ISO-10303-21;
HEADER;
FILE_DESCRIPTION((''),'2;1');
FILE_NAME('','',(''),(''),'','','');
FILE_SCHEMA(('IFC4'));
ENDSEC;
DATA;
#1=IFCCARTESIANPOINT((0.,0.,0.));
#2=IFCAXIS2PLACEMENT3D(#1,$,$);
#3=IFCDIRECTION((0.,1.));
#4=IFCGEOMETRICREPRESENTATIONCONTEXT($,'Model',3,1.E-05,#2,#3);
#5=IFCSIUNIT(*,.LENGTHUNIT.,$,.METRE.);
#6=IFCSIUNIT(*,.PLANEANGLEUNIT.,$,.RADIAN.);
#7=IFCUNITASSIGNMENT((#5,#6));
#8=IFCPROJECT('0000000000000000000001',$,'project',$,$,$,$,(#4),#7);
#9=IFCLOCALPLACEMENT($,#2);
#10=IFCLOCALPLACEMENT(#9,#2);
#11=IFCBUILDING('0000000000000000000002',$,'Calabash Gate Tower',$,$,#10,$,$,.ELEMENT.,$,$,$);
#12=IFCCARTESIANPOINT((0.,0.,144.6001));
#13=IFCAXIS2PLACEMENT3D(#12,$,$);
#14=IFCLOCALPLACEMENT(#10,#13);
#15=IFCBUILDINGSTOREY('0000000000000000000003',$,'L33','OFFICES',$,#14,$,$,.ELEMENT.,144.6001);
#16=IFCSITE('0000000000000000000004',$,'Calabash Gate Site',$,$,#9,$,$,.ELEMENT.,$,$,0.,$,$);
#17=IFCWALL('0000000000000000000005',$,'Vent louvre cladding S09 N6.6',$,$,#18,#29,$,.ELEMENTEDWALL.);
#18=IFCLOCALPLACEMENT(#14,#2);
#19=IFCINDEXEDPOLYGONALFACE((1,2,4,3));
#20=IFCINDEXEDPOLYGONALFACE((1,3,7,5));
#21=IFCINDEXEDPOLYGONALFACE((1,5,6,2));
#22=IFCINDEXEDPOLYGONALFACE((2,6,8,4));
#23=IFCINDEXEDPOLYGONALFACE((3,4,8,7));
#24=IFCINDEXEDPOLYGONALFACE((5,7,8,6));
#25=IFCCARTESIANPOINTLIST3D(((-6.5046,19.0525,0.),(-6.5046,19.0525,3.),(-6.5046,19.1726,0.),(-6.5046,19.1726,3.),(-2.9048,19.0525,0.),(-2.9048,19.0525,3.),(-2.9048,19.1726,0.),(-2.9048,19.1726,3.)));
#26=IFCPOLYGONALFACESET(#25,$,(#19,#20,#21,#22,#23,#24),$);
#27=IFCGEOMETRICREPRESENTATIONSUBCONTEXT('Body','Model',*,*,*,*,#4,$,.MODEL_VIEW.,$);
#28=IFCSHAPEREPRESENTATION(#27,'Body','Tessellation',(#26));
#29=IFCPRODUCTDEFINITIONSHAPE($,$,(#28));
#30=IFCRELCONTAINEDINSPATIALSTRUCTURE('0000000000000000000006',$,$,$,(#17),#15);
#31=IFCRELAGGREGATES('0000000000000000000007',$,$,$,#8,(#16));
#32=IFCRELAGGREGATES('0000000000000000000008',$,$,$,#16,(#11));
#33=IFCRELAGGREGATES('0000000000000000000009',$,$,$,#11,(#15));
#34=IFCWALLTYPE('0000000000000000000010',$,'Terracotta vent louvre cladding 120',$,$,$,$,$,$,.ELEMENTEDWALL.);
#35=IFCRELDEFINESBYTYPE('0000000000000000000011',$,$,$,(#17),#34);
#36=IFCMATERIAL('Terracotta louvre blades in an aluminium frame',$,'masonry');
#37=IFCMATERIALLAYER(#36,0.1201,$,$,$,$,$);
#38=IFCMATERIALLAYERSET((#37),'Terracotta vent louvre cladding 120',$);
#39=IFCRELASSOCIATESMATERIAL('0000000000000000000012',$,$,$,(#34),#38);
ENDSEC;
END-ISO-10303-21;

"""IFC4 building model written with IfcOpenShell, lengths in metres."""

from ifc_helpers import new_model, si_unit, direction, frame, origin, place, context, subcontext, project, spatial, polyline, outline, extrude, material, layer, layer_set, type_object, element, save


model = new_model("IFC4")

# Units and contexts
model_context = context("Model", 3, precision=1e-05, world=origin(), true_north=direction((0.0, 1.0)))
body_context = subcontext(model_context, "Body", "Model", "MODEL_VIEW")
ifc_project = project(units=[si_unit("LENGTHUNIT", "METRE"), si_unit("PLANEANGLEUNIT", "RADIAN")], contexts=[model_context])

# Site, building, storey
site_placement = place(None, origin())
site = spatial("IfcSite", under=ifc_project, at=site_placement, Name="Calabash Gate Site", CompositionType="ELEMENT", RefElevation=0.0)
building_placement = place(site_placement, origin())
building = spatial("IfcBuilding", under=site, at=building_placement, Name="Calabash Gate Tower", CompositionType="ELEMENT")
storey_placement = place(building_placement, frame((0.0, 0.0, 144.6001)))
storey = spatial("IfcBuildingStorey", under=building, at=storey_placement, Name="L33", Description="OFFICES", CompositionType="ELEMENT", Elevation=144.6001)

# Wall
ifc_material_1 = material(Name="Terracotta louvre blades in an aluminium frame", Category="masonry")
ifc_layer_1 = layer(ifc_material_1, 0.1201)
ifc_layer_set_1 = layer_set([ifc_layer_1], Name="Terracotta vent louvre cladding 120")
wall_type_1 = type_object("IfcWallType", Name="Terracotta vent louvre cladding 120", PredefinedType="ELEMENTEDWALL", material=ifc_layer_set_1)
wall_1_placement = place(storey_placement, origin())
element("IfcWall", 1, at=wall_1_placement, inside=storey, type_object=wall_type_1, Name="Vent louvre cladding S09 N6.6", PredefinedType="ELEMENTEDWALL", context=body_context, shape_type="SweptSolid", body=[
    extrude(outline(polyline([(-6.5046, 19.1726), (-6.5046, 19.0525), (-2.9048, 19.0525), (-2.9048, 19.1726), (-6.5046, 19.1726)])), origin(), (0.0, 0.0, 1.0), 3.0),
])

save(model, "model.ifc")
